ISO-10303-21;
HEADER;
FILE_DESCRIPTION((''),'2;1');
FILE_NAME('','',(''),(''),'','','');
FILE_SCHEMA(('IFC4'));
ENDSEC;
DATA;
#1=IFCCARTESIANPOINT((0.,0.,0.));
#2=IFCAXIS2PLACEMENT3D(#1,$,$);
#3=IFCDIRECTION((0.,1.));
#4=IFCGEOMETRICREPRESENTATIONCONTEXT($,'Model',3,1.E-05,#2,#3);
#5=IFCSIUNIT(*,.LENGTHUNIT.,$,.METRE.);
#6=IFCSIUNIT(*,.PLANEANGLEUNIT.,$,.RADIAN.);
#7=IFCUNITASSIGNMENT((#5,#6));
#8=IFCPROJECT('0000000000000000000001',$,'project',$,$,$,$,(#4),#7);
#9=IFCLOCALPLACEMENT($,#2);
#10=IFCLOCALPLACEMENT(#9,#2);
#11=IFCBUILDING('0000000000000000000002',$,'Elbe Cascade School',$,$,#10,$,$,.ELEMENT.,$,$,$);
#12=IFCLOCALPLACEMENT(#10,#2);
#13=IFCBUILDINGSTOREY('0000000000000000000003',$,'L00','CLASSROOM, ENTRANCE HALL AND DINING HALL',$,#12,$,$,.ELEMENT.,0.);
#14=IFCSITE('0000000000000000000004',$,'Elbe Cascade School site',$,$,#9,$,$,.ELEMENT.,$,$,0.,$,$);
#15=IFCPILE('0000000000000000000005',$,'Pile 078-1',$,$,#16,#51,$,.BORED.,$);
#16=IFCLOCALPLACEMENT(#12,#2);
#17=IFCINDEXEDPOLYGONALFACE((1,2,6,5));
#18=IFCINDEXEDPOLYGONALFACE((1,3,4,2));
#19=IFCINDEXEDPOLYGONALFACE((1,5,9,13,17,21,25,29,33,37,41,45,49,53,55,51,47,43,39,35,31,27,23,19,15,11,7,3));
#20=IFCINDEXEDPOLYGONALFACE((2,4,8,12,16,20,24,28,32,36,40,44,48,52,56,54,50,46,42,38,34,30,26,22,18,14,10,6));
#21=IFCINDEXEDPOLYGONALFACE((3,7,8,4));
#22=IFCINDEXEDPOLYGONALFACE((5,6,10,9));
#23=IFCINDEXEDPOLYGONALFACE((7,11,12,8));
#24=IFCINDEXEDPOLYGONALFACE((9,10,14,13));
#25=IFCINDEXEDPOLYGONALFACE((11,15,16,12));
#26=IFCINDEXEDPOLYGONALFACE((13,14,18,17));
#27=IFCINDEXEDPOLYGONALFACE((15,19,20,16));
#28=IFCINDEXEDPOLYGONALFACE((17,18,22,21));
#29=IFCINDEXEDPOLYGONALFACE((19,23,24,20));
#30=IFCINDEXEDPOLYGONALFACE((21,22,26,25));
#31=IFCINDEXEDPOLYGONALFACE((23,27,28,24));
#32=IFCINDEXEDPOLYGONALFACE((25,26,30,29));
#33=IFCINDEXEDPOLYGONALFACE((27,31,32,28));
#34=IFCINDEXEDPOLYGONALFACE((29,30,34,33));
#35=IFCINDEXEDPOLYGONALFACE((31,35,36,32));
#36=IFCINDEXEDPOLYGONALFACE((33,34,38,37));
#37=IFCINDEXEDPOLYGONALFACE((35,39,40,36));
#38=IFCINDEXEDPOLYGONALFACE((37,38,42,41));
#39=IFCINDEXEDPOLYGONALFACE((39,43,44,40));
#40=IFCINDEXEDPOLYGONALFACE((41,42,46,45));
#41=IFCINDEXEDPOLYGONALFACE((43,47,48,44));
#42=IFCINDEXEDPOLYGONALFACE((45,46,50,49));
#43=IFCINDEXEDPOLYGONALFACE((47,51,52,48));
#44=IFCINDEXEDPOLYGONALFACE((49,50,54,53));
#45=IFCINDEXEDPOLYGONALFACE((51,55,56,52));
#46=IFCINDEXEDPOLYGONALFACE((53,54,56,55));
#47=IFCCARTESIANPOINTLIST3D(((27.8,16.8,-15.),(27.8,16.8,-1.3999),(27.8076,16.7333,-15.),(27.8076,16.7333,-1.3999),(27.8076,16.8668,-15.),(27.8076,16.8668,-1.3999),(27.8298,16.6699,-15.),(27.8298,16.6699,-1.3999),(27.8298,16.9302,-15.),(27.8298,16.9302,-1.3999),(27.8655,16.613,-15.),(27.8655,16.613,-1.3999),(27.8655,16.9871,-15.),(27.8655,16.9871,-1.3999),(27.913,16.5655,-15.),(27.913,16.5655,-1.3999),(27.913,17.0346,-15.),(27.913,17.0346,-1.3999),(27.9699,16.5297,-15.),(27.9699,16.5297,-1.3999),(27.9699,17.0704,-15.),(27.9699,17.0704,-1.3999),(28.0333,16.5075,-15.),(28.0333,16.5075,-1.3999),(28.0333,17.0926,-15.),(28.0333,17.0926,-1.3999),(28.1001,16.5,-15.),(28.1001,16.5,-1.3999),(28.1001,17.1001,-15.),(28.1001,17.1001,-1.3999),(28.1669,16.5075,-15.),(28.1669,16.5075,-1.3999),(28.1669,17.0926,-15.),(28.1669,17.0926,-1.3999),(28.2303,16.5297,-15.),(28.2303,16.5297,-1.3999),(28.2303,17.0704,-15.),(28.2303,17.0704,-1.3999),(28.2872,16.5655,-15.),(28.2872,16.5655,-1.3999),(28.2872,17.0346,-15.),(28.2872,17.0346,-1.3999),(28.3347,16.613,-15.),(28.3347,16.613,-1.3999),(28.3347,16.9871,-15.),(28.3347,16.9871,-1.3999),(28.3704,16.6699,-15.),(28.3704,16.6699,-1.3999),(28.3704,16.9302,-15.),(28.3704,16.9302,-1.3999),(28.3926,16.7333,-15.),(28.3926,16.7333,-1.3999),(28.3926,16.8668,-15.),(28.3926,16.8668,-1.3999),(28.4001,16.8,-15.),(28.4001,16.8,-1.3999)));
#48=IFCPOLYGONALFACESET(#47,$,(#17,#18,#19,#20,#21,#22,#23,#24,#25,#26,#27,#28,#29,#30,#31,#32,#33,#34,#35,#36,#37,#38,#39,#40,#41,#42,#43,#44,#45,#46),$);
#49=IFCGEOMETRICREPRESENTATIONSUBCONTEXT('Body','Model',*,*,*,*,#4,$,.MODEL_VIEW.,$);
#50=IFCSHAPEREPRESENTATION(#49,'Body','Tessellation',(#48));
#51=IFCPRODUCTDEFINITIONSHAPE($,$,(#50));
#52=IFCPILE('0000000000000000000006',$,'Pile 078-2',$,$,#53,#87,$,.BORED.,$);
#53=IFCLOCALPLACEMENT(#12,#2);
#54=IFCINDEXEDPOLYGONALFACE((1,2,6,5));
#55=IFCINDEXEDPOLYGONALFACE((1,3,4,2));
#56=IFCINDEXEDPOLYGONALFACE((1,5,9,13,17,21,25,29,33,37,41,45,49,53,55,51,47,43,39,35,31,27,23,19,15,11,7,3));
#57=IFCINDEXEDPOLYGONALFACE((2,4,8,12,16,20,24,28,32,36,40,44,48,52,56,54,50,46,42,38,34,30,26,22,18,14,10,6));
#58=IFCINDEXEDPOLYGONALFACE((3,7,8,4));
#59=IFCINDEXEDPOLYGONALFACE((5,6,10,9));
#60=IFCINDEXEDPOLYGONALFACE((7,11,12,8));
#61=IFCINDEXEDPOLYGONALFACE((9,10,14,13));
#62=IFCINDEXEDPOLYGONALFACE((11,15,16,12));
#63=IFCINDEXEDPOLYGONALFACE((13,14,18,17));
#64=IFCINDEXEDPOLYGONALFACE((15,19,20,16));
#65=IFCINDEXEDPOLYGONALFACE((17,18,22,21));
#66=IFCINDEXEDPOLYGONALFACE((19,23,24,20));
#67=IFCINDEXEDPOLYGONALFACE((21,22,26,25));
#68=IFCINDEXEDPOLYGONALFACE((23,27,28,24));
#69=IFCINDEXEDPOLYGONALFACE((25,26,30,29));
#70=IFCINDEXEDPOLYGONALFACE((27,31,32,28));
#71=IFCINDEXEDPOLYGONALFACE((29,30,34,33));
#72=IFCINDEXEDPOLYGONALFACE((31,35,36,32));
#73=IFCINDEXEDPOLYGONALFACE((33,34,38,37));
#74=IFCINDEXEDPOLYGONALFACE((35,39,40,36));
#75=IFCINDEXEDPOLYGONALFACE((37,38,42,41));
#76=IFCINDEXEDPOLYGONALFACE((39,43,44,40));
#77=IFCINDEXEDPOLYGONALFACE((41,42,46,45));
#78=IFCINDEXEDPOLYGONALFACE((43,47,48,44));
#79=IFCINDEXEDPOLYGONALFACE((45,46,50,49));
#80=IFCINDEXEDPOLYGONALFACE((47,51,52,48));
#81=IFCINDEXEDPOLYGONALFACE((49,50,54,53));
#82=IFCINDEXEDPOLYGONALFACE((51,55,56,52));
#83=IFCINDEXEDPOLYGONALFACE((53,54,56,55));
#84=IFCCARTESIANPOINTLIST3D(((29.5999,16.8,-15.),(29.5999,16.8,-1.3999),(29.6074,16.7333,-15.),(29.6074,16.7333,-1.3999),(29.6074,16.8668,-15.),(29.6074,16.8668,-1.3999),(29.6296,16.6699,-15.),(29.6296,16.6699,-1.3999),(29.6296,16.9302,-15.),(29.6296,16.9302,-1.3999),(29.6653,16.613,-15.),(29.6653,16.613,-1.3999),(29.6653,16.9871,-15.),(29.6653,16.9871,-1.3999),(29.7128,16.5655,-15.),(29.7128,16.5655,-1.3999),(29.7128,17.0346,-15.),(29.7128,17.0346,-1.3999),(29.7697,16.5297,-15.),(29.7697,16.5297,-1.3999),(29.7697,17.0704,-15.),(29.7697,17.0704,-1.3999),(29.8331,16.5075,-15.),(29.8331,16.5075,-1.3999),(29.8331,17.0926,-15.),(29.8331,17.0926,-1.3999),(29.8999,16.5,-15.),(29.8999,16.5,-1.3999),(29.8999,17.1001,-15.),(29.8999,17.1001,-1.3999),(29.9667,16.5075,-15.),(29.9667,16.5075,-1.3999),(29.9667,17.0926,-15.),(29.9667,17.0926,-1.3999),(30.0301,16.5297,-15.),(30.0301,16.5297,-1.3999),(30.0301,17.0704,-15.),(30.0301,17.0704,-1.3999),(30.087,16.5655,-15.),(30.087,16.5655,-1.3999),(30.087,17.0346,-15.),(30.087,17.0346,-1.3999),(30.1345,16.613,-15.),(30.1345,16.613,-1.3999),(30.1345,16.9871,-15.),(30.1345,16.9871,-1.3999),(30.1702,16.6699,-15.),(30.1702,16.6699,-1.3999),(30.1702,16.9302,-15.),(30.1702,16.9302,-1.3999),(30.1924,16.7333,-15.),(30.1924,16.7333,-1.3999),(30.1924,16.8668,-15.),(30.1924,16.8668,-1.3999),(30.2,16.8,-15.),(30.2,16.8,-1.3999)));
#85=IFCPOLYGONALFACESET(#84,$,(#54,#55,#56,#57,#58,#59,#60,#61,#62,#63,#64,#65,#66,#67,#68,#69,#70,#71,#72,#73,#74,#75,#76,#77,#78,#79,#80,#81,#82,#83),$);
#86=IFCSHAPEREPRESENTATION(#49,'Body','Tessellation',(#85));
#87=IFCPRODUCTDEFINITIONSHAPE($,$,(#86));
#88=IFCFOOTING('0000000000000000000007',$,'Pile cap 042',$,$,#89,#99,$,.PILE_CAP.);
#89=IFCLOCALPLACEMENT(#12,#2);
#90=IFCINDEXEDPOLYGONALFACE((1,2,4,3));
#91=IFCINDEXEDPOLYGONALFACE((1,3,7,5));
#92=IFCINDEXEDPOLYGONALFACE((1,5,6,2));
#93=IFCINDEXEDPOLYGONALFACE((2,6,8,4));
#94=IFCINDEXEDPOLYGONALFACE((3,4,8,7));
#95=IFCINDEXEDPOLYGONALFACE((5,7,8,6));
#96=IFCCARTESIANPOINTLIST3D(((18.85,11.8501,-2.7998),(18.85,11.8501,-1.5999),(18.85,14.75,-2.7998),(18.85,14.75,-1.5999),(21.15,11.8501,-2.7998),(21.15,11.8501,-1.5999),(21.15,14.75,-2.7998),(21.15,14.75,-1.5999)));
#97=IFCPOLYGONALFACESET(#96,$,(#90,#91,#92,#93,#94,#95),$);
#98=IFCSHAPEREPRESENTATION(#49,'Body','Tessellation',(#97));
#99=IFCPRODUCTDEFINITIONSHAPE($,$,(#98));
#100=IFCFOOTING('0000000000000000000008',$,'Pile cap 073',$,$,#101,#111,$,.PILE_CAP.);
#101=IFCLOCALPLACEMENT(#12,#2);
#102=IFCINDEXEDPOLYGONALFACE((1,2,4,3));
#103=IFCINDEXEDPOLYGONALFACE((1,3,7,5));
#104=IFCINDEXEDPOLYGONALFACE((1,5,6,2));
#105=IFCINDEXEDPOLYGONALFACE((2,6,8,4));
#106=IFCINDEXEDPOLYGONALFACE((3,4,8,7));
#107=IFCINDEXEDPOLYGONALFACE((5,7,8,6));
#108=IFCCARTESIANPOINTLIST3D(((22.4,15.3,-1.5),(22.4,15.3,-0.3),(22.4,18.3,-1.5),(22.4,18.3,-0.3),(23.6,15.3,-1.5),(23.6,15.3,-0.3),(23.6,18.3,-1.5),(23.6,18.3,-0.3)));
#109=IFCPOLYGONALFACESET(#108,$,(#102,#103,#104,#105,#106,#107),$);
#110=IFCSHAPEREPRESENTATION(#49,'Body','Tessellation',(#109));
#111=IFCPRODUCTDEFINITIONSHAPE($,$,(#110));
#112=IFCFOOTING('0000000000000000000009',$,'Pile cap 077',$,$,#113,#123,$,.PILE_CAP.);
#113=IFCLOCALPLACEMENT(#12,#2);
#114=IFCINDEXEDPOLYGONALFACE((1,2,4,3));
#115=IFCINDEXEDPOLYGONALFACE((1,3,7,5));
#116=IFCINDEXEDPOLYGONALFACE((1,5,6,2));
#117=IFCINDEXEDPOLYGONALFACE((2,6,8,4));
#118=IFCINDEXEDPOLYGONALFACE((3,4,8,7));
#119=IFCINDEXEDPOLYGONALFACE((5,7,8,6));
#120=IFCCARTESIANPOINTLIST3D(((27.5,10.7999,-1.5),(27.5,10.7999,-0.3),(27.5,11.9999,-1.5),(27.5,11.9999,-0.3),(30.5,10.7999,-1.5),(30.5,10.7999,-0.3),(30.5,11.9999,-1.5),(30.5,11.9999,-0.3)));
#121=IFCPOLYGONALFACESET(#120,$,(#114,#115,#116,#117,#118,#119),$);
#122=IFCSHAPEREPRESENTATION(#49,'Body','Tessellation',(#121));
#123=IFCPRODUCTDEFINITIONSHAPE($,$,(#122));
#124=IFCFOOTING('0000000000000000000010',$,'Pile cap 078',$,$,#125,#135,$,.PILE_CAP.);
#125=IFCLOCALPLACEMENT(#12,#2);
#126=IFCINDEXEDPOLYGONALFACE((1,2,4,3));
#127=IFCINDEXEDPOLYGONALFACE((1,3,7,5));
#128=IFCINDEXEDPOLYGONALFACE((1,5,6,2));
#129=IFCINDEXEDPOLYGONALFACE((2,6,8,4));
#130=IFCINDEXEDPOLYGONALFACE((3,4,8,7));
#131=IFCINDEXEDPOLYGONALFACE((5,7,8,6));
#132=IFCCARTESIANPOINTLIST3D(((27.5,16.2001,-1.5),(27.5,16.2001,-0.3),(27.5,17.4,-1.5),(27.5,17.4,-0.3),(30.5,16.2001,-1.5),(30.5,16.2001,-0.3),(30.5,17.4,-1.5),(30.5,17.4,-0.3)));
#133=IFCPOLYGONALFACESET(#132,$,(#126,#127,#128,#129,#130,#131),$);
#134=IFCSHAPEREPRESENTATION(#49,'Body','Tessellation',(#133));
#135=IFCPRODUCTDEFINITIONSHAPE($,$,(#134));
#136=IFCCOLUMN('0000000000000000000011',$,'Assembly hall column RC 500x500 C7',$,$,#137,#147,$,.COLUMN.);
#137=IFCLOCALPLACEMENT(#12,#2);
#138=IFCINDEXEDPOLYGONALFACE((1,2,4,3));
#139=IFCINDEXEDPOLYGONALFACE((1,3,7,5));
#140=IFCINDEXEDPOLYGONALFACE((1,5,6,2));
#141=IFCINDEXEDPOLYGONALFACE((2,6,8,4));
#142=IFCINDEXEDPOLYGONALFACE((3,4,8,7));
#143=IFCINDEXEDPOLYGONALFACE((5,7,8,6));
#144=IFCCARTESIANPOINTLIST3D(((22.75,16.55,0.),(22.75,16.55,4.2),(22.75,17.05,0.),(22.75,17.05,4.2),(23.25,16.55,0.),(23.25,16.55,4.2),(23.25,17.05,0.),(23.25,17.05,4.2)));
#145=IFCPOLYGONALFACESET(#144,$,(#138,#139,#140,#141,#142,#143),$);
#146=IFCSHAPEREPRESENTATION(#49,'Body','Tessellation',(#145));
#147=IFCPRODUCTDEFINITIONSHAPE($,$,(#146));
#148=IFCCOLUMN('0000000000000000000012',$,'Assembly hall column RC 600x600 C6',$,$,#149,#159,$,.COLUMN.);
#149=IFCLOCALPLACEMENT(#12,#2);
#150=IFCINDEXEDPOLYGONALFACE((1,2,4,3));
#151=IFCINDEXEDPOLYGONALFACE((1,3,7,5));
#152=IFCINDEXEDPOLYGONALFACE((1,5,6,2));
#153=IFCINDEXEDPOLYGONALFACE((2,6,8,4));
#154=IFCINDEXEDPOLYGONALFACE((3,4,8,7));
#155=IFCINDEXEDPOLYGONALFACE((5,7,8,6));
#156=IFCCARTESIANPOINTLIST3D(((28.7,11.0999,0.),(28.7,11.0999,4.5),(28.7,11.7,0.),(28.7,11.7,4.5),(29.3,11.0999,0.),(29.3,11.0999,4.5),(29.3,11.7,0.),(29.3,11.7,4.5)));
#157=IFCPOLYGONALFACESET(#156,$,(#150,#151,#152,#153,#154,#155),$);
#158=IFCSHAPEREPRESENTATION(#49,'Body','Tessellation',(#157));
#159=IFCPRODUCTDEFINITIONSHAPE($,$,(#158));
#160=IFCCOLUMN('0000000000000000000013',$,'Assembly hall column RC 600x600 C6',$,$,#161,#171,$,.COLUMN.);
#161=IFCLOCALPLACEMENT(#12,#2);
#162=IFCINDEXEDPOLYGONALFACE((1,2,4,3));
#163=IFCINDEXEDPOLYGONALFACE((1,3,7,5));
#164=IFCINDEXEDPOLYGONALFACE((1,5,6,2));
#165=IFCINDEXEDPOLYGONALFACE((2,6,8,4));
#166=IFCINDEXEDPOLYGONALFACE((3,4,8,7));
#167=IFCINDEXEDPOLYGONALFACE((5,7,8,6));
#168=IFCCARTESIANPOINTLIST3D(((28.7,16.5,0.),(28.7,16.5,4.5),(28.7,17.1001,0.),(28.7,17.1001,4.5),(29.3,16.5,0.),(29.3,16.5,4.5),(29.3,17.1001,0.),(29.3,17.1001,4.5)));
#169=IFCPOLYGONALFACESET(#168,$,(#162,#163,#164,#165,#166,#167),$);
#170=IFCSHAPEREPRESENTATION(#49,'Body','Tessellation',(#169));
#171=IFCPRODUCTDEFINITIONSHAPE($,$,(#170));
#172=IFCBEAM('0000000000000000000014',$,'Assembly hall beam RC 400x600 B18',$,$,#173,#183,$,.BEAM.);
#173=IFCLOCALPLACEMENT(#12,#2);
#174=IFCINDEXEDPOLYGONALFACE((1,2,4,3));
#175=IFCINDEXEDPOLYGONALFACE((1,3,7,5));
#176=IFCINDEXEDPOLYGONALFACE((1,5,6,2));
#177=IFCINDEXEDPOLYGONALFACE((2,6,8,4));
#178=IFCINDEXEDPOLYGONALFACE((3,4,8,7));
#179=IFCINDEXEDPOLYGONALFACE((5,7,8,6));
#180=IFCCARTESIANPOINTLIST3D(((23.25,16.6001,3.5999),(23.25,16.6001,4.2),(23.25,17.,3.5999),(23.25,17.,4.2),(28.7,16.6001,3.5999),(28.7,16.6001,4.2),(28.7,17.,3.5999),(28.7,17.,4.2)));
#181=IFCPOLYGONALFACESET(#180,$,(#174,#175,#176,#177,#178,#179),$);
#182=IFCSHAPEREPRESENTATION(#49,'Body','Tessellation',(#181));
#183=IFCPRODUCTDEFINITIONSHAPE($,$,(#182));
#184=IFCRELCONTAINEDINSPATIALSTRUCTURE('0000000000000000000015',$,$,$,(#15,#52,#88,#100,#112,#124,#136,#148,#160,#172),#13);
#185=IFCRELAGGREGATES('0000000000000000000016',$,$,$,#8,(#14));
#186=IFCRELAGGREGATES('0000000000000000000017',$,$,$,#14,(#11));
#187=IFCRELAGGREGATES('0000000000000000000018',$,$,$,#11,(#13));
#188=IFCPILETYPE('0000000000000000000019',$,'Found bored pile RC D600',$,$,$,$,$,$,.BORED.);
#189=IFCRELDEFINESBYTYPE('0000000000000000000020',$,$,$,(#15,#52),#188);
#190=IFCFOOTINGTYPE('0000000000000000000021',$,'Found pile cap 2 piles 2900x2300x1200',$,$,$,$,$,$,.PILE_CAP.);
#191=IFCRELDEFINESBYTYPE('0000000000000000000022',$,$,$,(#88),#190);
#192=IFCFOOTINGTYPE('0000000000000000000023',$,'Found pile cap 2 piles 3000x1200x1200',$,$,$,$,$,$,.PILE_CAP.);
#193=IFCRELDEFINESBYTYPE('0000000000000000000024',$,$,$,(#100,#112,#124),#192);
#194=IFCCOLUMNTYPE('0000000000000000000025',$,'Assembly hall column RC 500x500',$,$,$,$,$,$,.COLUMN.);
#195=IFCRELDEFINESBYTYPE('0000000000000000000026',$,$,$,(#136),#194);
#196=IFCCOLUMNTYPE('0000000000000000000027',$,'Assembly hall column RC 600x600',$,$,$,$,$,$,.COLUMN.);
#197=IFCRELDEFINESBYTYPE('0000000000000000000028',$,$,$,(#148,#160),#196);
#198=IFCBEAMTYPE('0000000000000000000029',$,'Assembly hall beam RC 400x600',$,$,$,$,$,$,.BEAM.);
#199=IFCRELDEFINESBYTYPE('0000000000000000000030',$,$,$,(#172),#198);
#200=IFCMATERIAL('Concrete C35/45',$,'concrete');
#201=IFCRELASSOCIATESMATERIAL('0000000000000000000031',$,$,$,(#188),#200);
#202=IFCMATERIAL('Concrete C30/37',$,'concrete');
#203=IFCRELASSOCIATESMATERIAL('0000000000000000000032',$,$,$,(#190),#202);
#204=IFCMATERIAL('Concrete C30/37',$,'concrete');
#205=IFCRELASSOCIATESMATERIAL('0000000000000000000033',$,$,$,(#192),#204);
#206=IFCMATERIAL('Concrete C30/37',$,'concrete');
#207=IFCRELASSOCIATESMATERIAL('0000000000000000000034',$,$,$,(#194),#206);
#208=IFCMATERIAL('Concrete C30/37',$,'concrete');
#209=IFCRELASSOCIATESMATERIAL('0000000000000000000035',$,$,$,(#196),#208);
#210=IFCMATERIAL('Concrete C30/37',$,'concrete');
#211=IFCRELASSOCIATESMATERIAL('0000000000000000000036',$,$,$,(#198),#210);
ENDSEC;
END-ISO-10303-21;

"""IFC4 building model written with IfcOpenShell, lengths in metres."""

from ifc_helpers import new_model, si_unit, direction, frame, origin, origin_2d, place, context, subcontext, project, spatial, rectangle, circle, extrude, material, material_profile, profile_set, type_object, element, save


model = new_model("IFC4")

# Units and contexts
model_context = context("Model", 3, precision=1e-05, world=origin(), true_north=direction((0.0, 1.0)))
body_context = subcontext(model_context, "Body", "Model", "MODEL_VIEW")
ifc_project = project(units=[si_unit("LENGTHUNIT", "METRE"), si_unit("PLANEANGLEUNIT", "RADIAN")], contexts=[model_context])

# Site, building, storey
site_placement = place(None, origin())
site = spatial("IfcSite", under=ifc_project, at=site_placement, Name="Elbe Cascade School site", CompositionType="ELEMENT", RefElevation=0.0)
building_placement = place(site_placement, origin())
building = spatial("IfcBuilding", under=site, at=building_placement, Name="Elbe Cascade School", CompositionType="ELEMENT")
storey_placement = place(building_placement, origin())
storey = spatial("IfcBuildingStorey", under=building, at=storey_placement, Name="L00", Description="CLASSROOM, ENTRANCE HALL AND DINING HALL", CompositionType="ELEMENT", Elevation=0.0)

# Piles
ifc_material_1 = material(Name="Concrete C35/45", Category="concrete")
ifc_material_profile_1 = material_profile(ifc_material_1, circle(Radius=0.3, at=origin_2d()), Name="RC D600")
ifc_profile_set_1 = profile_set([ifc_material_profile_1], Name="Concrete C35/45")
pile_type = type_object("IfcPileType", Name="Found bored pile RC D600", PredefinedType="BORED", material=ifc_profile_set_1)
for number, where, z_axis, x_axis, name in (
    (1, (28.1001, 16.8, -1.3999), (0.0, 0.0, -1.0), (1.0, 0.0, 0.0), "Pile 078-1"),
    (2, (29.8999, 16.8, -1.3999), (0.0, 0.0, -1.0), (1.0, 0.0, 0.0), "Pile 078-2"),
):
    element("IfcPile", number, at=place(storey_placement, frame(where, z_axis=z_axis, x_axis=x_axis)), inside=storey, type_object=pile_type, Name=name, PredefinedType="BORED", context=body_context, shape_type="SweptSolid", body=[
        extrude(circle(Radius=0.3, at=origin_2d()), origin(), (0.0, 0.0, 1.0), 13.6001),
    ])

# Footings
ifc_material_2 = material(Name="Concrete C30/37", Category="concrete")
footing_type_1 = type_object("IfcFootingType", Name="Found pile cap 2 piles 2900x2300x1200", PredefinedType="PILE_CAP", material=ifc_material_2)
footing_1_placement = place(storey_placement, frame((20.0, 13.3, -2.7998), z_axis=(0.0, 0.0, 1.0), x_axis=(1.0, 0.0, 0.0)))
element("IfcFooting", 3, at=footing_1_placement, inside=storey, type_object=footing_type_1, Name="Pile cap 042", PredefinedType="PILE_CAP", context=body_context, shape_type="SweptSolid", body=[
    extrude(rectangle(XDim=2.3, YDim=2.8999, at=origin_2d()), origin(), (0.0, 0.0, 1.0), 1.2),
])
ifc_material_3 = material(Name="Concrete C30/37", Category="concrete")
footing_type_2 = type_object("IfcFootingType", Name="Found pile cap 2 piles 3000x1200x1200", PredefinedType="PILE_CAP", material=ifc_material_3)
footing_2_placement = place(storey_placement, frame((23.0, 16.8, -1.5), z_axis=(0.0, 0.0, 1.0), x_axis=(1.0, 0.0, 0.0)))
element("IfcFooting", 4, at=footing_2_placement, inside=storey, type_object=footing_type_2, Name="Pile cap 073", PredefinedType="PILE_CAP", context=body_context, shape_type="SweptSolid", body=[
    extrude(rectangle(XDim=1.2, YDim=3.0, at=origin_2d()), origin(), (0.0, 0.0, 1.0), 1.2),
])
for number, where, z_axis, x_axis, name in (
    (5, (29.0, 11.3999, -1.5), (0.0, 0.0, 1.0), (1.0, 0.0, 0.0), "Pile cap 077"),
    (6, (29.0, 16.8, -1.5), (0.0, 0.0, 1.0), (1.0, 0.0, 0.0), "Pile cap 078"),
):
    element("IfcFooting", number, at=place(storey_placement, frame(where, z_axis=z_axis, x_axis=x_axis)), inside=storey, type_object=footing_type_2, Name=name, PredefinedType="PILE_CAP", context=body_context, shape_type="SweptSolid", body=[
        extrude(rectangle(XDim=3.0, YDim=1.2, at=origin_2d()), origin(), (0.0, 0.0, 1.0), 1.2),
    ])

# Columns
ifc_material_4 = material(Name="Concrete C30/37", Category="concrete")
ifc_material_profile_2 = material_profile(ifc_material_4, rectangle(XDim=0.5, YDim=0.5, at=origin_2d()), Name="RC 500x500")
ifc_profile_set_2 = profile_set([ifc_material_profile_2], Name="Concrete C30/37")
column_type_1 = type_object("IfcColumnType", Name="Assembly hall column RC 500x500", PredefinedType="COLUMN", material=ifc_profile_set_2)
column_placement = place(storey_placement, frame((23.0, 16.8, 0.0), z_axis=(0.0, 0.0, 1.0), x_axis=(1.0, 0.0, 0.0)))
element("IfcColumn", 7, at=column_placement, inside=storey, type_object=column_type_1, Name="Assembly hall column RC 500x500 C7", PredefinedType="COLUMN", context=body_context, shape_type="SweptSolid", body=[
    extrude(rectangle(XDim=0.5, YDim=0.5, at=origin_2d()), origin(), (0.0, 0.0, 1.0), 4.2),
])
ifc_material_5 = material(Name="Concrete C30/37", Category="concrete")
ifc_material_profile_3 = material_profile(ifc_material_5, rectangle(XDim=0.6001, YDim=0.6001, at=origin_2d()), Name="RC 600x600")
ifc_profile_set_3 = profile_set([ifc_material_profile_3], Name="Concrete C30/37")
column_type_2 = type_object("IfcColumnType", Name="Assembly hall column RC 600x600", PredefinedType="COLUMN", material=ifc_profile_set_3)
for number, where, z_axis, x_axis, name in (
    (8, (29.0, 11.3999, 0.0), (0.0, 0.0, 1.0), (1.0, 0.0, 0.0), "Assembly hall column RC 600x600 C6"),
    (9, (29.0, 16.8, 0.0), (0.0, 0.0, 1.0), (1.0, 0.0, 0.0), "Assembly hall column RC 600x600 C6"),
):
    element("IfcColumn", number, at=place(storey_placement, frame(where, z_axis=z_axis, x_axis=x_axis)), inside=storey, type_object=column_type_2, Name=name, PredefinedType="COLUMN", context=body_context, shape_type="SweptSolid", body=[
        extrude(rectangle(XDim=0.6001, YDim=0.6001, at=origin_2d()), origin(), (0.0, 0.0, 1.0), 4.5),
    ])

# Beam
ifc_material_6 = material(Name="Concrete C30/37", Category="concrete")
ifc_material_profile_4 = material_profile(ifc_material_6, rectangle(XDim=0.3999, YDim=0.6001, at=origin_2d()), Name="RC 400x600")
ifc_profile_set_4 = profile_set([ifc_material_profile_4], Name="Concrete C30/37")
beam_type_1 = type_object("IfcBeamType", Name="Assembly hall beam RC 400x600", PredefinedType="BEAM", material=ifc_profile_set_4)
beam_1_placement = place(storey_placement, frame((23.25, 16.8, 3.8999), z_axis=(1.0, 0.0, 0.0), x_axis=(0.0, 1.0, 0.0)))
element("IfcBeam", 10, at=beam_1_placement, inside=storey, type_object=beam_type_1, Name="Assembly hall beam RC 400x600 B18", PredefinedType="BEAM", context=body_context, shape_type="SweptSolid", body=[
    extrude(rectangle(XDim=0.3999, YDim=0.6001, at=origin_2d()), origin(), (0.0, 0.0, 1.0), 5.45),
])

save(model, "model.ifc")
